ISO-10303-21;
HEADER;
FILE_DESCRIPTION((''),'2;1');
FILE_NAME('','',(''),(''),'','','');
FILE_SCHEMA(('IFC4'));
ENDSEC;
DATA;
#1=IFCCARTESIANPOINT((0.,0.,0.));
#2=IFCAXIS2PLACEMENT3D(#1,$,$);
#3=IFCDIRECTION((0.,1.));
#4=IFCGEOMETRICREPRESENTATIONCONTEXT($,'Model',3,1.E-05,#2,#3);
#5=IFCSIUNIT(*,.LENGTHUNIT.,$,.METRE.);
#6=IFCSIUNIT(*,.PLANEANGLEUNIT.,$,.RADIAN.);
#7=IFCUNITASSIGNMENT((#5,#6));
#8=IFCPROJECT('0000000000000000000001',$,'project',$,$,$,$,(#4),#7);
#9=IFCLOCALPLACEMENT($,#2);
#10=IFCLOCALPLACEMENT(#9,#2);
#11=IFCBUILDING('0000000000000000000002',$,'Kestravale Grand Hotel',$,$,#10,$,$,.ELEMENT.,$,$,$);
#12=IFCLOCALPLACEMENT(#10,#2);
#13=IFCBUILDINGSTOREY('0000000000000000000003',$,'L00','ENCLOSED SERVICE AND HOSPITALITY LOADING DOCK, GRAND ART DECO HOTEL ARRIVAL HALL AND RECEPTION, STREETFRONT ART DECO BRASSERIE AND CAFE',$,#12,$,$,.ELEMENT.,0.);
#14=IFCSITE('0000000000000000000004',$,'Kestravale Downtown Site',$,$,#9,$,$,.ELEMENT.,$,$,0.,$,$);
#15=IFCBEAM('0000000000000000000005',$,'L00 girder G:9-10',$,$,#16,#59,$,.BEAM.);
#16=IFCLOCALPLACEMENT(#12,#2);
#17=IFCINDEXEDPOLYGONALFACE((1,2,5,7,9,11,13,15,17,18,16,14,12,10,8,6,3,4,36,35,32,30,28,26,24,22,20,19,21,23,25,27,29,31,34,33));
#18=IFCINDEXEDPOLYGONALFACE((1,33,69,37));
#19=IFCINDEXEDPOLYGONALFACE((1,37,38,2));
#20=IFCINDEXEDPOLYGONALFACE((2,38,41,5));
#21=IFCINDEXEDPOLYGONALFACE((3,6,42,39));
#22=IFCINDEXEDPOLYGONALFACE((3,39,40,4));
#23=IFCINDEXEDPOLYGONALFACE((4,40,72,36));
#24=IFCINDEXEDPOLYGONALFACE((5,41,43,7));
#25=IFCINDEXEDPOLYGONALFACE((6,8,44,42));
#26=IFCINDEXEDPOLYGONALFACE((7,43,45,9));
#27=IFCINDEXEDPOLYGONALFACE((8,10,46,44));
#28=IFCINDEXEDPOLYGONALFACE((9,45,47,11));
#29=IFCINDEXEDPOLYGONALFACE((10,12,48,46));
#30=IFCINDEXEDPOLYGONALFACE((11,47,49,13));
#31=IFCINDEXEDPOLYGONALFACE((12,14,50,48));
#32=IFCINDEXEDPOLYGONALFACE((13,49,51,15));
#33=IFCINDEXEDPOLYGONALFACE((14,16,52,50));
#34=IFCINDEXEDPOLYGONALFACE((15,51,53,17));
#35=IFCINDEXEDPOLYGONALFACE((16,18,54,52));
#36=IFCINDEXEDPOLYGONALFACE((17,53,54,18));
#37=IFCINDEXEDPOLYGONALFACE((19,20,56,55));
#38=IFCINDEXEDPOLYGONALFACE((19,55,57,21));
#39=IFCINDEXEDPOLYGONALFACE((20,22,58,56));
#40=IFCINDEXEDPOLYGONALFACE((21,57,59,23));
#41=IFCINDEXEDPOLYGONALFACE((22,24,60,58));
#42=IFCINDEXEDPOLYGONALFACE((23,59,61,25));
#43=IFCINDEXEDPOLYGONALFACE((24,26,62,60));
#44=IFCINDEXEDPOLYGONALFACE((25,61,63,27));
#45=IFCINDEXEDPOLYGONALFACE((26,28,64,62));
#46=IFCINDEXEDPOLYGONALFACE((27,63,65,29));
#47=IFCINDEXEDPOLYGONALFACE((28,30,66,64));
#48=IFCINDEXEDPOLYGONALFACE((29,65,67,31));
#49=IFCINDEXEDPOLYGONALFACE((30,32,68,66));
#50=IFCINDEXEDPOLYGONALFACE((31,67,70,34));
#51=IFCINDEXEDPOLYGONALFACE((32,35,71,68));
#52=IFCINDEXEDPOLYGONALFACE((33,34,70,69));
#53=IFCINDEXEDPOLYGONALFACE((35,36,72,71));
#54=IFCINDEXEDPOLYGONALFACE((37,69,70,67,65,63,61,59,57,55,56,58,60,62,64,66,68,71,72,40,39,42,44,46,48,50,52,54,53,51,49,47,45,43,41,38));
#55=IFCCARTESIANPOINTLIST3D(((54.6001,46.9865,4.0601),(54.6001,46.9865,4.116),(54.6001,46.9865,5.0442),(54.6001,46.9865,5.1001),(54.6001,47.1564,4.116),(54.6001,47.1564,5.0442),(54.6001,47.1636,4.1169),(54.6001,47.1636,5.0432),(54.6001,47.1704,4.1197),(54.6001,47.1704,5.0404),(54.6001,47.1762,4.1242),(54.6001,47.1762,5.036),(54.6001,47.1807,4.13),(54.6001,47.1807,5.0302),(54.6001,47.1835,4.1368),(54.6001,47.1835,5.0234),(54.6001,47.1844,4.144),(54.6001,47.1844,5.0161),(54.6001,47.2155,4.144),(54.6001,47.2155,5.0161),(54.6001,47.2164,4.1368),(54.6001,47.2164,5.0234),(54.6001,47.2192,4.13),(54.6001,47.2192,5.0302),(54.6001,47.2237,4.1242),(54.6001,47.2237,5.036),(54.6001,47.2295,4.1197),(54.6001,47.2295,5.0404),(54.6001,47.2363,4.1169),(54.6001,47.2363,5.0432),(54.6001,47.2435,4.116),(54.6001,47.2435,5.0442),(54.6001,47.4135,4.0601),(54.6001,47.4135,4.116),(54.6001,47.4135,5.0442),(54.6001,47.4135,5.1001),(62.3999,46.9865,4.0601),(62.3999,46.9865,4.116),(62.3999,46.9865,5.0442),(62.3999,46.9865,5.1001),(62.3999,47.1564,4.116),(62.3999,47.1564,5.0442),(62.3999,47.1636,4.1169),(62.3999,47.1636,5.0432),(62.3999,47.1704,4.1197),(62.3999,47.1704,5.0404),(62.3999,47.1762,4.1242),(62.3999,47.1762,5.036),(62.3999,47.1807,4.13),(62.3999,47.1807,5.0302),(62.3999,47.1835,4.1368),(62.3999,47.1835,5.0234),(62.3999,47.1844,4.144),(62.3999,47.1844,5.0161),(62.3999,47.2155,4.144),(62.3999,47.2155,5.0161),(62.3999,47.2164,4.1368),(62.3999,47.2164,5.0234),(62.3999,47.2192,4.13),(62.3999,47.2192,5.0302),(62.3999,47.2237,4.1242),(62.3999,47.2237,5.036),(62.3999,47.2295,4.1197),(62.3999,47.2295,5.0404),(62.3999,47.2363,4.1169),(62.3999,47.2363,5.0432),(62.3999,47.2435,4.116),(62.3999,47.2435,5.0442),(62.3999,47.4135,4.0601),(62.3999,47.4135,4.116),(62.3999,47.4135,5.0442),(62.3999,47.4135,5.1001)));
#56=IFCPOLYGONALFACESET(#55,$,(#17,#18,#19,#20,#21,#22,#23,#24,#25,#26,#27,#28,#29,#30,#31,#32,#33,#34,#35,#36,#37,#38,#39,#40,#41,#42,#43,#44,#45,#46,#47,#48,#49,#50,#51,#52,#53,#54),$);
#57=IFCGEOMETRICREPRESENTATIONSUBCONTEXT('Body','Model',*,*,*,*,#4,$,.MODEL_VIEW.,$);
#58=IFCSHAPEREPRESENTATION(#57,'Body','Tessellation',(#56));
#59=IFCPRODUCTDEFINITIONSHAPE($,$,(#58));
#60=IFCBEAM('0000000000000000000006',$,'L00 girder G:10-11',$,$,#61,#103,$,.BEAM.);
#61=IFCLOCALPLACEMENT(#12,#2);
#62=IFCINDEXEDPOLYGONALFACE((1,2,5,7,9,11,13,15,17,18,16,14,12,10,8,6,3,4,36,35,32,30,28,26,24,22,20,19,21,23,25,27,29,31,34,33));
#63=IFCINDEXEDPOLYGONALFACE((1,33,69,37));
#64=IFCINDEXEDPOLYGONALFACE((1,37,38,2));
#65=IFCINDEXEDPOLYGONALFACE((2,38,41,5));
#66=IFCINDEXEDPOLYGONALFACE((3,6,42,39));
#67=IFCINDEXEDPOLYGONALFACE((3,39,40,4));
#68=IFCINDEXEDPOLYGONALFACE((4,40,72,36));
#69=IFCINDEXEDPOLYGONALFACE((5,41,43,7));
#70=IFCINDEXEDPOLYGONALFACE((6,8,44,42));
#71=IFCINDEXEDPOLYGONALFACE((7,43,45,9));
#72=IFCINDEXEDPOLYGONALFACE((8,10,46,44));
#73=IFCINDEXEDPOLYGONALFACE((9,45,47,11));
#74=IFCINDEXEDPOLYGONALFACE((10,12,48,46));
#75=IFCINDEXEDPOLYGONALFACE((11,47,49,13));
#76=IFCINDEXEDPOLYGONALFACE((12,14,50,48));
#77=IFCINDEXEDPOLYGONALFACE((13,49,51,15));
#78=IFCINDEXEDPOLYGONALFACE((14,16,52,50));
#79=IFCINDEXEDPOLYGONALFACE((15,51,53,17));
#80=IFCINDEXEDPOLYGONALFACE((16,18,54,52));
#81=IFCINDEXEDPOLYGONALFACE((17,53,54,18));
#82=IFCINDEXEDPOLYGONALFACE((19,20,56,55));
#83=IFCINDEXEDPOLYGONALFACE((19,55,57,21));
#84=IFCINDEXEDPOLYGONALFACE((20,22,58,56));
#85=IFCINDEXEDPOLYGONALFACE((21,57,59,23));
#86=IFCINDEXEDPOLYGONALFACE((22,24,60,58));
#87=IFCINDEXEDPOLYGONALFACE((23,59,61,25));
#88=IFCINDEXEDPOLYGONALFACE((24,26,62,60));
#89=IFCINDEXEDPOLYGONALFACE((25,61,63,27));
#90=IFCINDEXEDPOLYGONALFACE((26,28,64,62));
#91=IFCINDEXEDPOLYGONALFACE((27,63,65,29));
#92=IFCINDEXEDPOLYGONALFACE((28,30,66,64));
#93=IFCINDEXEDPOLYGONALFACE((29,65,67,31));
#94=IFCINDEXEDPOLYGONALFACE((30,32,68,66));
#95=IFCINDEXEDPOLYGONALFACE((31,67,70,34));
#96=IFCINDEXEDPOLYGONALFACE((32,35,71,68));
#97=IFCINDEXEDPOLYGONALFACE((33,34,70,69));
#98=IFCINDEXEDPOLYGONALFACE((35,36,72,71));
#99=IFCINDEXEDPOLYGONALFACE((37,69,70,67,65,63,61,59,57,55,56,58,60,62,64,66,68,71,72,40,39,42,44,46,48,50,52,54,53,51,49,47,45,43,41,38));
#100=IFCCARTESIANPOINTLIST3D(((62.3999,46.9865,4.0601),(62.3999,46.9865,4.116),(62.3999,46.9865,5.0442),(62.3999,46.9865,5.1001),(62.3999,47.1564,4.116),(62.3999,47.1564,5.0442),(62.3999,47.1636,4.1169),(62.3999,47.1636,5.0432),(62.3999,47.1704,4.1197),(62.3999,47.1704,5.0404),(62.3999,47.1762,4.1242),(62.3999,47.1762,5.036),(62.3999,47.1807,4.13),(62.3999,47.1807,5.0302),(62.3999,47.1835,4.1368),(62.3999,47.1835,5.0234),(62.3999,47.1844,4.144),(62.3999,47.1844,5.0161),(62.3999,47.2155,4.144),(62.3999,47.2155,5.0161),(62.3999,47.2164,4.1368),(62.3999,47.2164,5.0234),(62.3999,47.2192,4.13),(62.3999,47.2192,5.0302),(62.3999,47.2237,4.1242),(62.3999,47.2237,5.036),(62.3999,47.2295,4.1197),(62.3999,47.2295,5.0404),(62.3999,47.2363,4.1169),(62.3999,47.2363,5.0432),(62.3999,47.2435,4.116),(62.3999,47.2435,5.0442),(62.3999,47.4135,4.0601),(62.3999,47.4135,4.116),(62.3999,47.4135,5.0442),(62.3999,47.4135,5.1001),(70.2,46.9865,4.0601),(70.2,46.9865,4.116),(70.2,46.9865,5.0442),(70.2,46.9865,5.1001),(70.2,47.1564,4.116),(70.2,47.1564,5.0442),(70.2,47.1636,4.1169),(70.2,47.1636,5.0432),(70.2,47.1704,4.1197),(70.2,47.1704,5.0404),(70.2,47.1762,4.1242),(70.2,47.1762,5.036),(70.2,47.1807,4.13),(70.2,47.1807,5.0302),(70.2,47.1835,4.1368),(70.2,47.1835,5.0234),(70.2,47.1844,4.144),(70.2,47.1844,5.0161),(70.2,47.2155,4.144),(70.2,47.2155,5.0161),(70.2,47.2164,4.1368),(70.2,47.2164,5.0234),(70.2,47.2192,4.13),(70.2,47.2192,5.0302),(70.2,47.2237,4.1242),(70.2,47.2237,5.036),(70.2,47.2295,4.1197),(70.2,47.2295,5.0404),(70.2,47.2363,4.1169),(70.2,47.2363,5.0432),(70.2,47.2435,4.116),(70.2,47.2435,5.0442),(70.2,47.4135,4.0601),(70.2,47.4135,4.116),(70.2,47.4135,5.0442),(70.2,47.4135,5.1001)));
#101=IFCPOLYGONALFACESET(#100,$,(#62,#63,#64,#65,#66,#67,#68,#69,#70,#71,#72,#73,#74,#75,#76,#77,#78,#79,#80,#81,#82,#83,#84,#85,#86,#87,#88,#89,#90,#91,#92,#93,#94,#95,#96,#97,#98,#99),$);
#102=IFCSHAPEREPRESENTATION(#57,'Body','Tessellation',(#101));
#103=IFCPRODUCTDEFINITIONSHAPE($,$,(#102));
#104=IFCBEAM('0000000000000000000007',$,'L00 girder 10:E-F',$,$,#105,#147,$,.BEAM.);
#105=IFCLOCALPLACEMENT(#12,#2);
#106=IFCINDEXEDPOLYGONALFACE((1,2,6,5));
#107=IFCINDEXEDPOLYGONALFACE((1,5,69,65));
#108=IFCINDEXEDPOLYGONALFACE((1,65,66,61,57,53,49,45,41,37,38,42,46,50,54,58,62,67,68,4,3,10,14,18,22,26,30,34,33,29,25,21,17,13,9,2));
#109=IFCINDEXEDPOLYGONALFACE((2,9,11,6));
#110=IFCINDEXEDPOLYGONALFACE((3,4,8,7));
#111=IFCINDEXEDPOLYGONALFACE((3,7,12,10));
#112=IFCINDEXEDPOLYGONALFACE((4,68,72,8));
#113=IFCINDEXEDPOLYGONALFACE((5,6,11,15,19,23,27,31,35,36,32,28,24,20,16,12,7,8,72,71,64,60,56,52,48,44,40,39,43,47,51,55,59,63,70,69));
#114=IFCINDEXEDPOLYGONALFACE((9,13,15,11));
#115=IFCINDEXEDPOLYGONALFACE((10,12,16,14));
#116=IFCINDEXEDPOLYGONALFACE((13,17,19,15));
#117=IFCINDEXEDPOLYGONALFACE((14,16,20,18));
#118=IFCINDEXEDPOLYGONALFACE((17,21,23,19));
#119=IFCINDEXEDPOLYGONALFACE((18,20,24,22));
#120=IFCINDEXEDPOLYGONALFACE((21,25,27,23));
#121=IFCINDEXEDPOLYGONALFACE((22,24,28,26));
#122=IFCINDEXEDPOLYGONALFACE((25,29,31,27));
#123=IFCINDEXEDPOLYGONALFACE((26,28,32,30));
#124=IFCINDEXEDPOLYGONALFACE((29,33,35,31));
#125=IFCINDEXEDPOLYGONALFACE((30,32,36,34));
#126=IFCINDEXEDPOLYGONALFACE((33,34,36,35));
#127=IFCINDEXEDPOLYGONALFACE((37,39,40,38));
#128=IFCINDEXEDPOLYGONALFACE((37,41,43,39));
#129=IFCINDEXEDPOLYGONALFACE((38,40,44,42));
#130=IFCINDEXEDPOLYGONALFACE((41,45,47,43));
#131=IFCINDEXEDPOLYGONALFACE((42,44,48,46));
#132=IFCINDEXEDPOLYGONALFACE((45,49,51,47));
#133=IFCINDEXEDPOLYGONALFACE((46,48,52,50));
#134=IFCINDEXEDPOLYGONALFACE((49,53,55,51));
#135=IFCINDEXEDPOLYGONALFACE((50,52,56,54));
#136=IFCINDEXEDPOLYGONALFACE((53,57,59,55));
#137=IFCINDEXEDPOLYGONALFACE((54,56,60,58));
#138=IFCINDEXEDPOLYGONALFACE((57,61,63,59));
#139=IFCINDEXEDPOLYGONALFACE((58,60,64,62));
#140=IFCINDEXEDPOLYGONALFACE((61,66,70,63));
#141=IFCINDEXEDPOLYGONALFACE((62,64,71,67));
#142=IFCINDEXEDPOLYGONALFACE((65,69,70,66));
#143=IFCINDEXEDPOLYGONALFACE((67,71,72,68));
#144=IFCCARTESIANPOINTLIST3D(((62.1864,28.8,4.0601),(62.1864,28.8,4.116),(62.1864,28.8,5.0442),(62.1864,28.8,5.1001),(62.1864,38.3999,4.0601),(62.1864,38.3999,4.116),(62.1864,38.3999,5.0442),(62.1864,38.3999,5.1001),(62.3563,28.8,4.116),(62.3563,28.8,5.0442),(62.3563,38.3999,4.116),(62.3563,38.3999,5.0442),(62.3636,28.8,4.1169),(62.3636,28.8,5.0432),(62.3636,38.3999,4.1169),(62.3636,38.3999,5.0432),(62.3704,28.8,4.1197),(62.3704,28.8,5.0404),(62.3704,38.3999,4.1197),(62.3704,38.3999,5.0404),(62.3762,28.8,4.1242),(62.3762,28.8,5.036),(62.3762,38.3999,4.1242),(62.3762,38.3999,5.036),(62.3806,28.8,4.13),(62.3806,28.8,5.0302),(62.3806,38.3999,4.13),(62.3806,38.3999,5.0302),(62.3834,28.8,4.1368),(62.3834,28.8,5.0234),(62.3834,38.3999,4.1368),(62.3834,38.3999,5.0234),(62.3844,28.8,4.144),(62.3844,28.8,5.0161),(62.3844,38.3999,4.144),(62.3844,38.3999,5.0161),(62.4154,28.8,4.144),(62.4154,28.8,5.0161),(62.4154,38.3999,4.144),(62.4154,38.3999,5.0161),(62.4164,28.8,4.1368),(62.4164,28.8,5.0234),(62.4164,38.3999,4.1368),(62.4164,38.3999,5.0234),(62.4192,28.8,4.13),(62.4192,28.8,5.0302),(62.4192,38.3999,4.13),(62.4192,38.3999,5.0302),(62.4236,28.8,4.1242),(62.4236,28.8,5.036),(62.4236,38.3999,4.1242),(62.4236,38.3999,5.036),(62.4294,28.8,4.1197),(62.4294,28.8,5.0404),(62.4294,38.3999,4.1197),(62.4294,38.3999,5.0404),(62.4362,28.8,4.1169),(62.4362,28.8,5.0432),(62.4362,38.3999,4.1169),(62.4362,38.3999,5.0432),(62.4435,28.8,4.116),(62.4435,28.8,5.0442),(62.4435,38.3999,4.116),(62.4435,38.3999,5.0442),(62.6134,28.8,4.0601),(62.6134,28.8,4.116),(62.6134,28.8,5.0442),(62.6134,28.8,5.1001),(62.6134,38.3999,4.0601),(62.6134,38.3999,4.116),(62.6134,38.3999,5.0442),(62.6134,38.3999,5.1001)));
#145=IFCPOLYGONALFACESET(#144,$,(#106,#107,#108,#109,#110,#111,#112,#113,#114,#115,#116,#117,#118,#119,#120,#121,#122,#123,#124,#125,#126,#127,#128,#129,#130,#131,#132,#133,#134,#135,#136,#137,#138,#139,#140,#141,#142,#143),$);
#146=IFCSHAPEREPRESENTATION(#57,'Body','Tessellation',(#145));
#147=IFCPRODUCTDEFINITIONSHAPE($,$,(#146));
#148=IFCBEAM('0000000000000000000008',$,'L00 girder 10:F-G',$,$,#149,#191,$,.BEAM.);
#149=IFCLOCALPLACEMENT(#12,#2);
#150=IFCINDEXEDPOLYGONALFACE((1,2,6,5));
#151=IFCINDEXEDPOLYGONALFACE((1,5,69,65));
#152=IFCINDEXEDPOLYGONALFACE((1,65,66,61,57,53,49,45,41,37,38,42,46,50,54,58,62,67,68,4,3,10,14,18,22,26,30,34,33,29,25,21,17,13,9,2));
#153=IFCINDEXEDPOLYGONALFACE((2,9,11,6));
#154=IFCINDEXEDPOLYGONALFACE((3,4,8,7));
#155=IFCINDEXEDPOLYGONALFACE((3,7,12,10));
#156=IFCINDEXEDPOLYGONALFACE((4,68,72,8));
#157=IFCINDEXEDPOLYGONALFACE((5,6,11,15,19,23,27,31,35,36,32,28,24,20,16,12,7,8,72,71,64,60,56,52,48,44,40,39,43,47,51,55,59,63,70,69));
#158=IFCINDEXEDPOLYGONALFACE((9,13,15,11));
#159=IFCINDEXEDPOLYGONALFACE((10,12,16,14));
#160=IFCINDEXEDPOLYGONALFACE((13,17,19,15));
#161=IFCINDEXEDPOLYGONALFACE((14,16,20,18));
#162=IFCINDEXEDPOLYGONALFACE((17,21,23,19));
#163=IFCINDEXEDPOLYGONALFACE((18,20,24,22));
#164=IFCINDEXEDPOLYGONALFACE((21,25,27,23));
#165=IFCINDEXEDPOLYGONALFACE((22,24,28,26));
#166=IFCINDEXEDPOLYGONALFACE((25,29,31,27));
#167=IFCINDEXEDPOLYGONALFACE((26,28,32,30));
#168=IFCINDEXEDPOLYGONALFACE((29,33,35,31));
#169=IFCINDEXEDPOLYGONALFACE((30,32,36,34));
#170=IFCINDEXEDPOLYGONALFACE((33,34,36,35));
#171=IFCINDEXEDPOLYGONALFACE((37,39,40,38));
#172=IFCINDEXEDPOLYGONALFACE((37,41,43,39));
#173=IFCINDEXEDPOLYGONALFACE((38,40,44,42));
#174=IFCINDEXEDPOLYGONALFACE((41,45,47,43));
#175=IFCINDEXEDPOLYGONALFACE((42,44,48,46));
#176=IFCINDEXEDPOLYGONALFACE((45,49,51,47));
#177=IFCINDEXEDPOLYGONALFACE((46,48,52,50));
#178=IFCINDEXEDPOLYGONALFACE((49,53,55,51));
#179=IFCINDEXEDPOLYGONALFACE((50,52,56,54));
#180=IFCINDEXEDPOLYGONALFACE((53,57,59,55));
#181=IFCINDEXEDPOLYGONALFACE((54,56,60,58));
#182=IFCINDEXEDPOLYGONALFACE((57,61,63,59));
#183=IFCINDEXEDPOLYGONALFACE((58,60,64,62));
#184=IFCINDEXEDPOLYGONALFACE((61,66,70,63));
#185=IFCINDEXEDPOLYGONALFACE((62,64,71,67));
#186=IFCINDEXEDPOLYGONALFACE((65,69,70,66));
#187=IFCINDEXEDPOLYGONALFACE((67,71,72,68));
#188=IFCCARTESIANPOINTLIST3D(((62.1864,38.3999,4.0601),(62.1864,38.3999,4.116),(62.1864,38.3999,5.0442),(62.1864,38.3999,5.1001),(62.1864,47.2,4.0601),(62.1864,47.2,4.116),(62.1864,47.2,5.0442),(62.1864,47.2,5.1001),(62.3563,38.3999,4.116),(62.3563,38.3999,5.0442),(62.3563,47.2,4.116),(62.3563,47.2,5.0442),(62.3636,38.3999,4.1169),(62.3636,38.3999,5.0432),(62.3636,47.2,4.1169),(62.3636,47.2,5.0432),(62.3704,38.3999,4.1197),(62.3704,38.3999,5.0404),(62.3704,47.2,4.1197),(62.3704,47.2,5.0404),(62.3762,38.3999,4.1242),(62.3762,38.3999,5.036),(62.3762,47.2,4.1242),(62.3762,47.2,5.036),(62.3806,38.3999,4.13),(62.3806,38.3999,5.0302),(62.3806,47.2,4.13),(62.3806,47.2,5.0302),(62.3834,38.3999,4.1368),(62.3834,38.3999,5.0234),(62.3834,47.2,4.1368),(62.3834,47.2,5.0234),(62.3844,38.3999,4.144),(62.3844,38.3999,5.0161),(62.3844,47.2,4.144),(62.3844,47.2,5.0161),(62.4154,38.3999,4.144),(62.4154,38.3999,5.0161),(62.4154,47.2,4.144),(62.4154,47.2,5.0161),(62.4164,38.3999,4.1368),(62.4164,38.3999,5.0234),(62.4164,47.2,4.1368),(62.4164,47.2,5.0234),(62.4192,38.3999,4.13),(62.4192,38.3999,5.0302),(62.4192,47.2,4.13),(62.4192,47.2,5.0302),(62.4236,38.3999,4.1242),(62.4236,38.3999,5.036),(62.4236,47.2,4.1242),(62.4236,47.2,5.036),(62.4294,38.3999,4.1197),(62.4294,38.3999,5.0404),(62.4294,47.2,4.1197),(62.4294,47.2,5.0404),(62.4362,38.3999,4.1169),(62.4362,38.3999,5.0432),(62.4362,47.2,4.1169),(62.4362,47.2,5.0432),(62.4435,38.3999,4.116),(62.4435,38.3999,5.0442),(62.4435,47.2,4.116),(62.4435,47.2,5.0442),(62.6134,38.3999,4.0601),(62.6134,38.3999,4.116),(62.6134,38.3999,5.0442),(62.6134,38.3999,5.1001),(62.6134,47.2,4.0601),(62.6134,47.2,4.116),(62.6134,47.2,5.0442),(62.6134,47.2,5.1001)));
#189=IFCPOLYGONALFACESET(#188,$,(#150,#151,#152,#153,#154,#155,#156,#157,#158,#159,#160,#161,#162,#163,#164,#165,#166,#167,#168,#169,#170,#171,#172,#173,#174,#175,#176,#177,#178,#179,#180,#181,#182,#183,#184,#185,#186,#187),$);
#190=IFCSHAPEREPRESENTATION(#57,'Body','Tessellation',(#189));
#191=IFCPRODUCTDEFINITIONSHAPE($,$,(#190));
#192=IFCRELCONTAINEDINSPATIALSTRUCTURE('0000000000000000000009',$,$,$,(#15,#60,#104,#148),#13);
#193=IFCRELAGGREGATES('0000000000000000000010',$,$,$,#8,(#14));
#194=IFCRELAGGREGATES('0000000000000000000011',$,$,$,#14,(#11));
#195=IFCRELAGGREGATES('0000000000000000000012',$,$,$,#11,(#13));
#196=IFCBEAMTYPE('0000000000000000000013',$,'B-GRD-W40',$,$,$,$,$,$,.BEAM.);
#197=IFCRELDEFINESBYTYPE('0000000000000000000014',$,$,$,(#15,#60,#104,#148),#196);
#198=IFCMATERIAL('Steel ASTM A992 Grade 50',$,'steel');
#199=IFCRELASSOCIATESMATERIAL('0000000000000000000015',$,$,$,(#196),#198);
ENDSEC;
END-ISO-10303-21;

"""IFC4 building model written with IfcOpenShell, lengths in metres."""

from ifc_helpers import new_model, si_unit, direction, frame, origin, origin_2d, place, context, subcontext, project, spatial, i_section, extrude, material, material_profile, profile_set, type_object, element, save


model = new_model("IFC4")

# Units and contexts
model_context = context("Model", 3, precision=1e-05, world=origin(), true_north=direction((0.0, 1.0)))
body_context = subcontext(model_context, "Body", "Model", "MODEL_VIEW")
ifc_project = project(units=[si_unit("LENGTHUNIT", "METRE"), si_unit("PLANEANGLEUNIT", "RADIAN")], contexts=[model_context])

# Site, building, storey
site_placement = place(None, origin())
site = spatial("IfcSite", under=ifc_project, at=site_placement, Name="Kestravale Downtown Site", CompositionType="ELEMENT", RefElevation=0.0)
building_placement = place(site_placement, origin())
building = spatial("IfcBuilding", under=site, at=building_placement, Name="Kestravale Grand Hotel", CompositionType="ELEMENT")
storey_placement = place(building_placement, origin())
storey = spatial("IfcBuildingStorey", under=building, at=storey_placement, Name="L00", Description="ENCLOSED SERVICE AND HOSPITALITY LOADING DOCK, GRAND ART DECO HOTEL ARRIVAL HALL AND RECEPTION, STREETFRONT ART DECO BRASSERIE AND CAFE", CompositionType="ELEMENT", Elevation=0.0)

# Beams
ifc_material_1 = material(Name="Steel ASTM A992 Grade 50", Category="steel")
ifc_material_profile_1 = material_profile(ifc_material_1, i_section(OverallWidth=0.427, OverallDepth=1.04, WebThickness=0.031, FlangeThickness=0.0559, FilletRadius=0.0281, at=origin_2d()))
ifc_profile_set_1 = profile_set([ifc_material_profile_1], Name="Steel ASTM A992 Grade 50")
beam_type_1 = type_object("IfcBeamType", Name="B-GRD-W40", PredefinedType="BEAM", material=ifc_profile_set_1)
beam_1_placement = place(storey_placement, frame((54.6001, 47.2, 4.5801), z_axis=(1.0, 0.0, 0.0), x_axis=(0.0, 1.0, 0.0)))
element("IfcBeam", 1, at=beam_1_placement, inside=storey, type_object=beam_type_1, Name="L00 girder G:9-10", PredefinedType="BEAM", context=body_context, shape_type="SweptSolid", body=[
    extrude(i_section(OverallWidth=0.427, OverallDepth=1.04, WebThickness=0.031, FlangeThickness=0.0559, FilletRadius=0.0281, at=origin_2d()), origin(), (0.0, 0.0, 1.0), 7.7998),
])
beam_2_placement = place(storey_placement, frame((62.3999, 47.2, 4.5801), z_axis=(1.0, 0.0, 0.0), x_axis=(0.0, 1.0, 0.0)))
element("IfcBeam", 2, at=beam_2_placement, inside=storey, type_object=beam_type_1, Name="L00 girder G:10-11", PredefinedType="BEAM", context=body_context, shape_type="SweptSolid", body=[
    extrude(i_section(OverallWidth=0.427, OverallDepth=1.04, WebThickness=0.031, FlangeThickness=0.0559, FilletRadius=0.0281, at=origin_2d()), origin(), (0.0, 0.0, 1.0), 7.8),
])
beam_3_placement = place(storey_placement, frame((62.3999, 28.8, 4.5801), z_axis=(0.0, 1.0, 0.0), x_axis=(-1.0, 0.0, 0.0)))
element("IfcBeam", 3, at=beam_3_placement, inside=storey, type_object=beam_type_1, Name="L00 girder 10:E-F", PredefinedType="BEAM", context=body_context, shape_type="SweptSolid", body=[
    extrude(i_section(OverallWidth=0.427, OverallDepth=1.04, WebThickness=0.031, FlangeThickness=0.0559, FilletRadius=0.0281, at=origin_2d()), origin(), (0.0, 0.0, 1.0), 9.5999),
])
beam_4_placement = place(storey_placement, frame((62.3999, 38.3999, 4.5801), z_axis=(0.0, 1.0, 0.0), x_axis=(-1.0, 0.0, 0.0)))
element("IfcBeam", 4, at=beam_4_placement, inside=storey, type_object=beam_type_1, Name="L00 girder 10:F-G", PredefinedType="BEAM", context=body_context, shape_type="SweptSolid", body=[
    extrude(i_section(OverallWidth=0.427, OverallDepth=1.04, WebThickness=0.031, FlangeThickness=0.0559, FilletRadius=0.0281, at=origin_2d()), origin(), (0.0, 0.0, 1.0), 8.8),
])

save(model, "model.ifc")
